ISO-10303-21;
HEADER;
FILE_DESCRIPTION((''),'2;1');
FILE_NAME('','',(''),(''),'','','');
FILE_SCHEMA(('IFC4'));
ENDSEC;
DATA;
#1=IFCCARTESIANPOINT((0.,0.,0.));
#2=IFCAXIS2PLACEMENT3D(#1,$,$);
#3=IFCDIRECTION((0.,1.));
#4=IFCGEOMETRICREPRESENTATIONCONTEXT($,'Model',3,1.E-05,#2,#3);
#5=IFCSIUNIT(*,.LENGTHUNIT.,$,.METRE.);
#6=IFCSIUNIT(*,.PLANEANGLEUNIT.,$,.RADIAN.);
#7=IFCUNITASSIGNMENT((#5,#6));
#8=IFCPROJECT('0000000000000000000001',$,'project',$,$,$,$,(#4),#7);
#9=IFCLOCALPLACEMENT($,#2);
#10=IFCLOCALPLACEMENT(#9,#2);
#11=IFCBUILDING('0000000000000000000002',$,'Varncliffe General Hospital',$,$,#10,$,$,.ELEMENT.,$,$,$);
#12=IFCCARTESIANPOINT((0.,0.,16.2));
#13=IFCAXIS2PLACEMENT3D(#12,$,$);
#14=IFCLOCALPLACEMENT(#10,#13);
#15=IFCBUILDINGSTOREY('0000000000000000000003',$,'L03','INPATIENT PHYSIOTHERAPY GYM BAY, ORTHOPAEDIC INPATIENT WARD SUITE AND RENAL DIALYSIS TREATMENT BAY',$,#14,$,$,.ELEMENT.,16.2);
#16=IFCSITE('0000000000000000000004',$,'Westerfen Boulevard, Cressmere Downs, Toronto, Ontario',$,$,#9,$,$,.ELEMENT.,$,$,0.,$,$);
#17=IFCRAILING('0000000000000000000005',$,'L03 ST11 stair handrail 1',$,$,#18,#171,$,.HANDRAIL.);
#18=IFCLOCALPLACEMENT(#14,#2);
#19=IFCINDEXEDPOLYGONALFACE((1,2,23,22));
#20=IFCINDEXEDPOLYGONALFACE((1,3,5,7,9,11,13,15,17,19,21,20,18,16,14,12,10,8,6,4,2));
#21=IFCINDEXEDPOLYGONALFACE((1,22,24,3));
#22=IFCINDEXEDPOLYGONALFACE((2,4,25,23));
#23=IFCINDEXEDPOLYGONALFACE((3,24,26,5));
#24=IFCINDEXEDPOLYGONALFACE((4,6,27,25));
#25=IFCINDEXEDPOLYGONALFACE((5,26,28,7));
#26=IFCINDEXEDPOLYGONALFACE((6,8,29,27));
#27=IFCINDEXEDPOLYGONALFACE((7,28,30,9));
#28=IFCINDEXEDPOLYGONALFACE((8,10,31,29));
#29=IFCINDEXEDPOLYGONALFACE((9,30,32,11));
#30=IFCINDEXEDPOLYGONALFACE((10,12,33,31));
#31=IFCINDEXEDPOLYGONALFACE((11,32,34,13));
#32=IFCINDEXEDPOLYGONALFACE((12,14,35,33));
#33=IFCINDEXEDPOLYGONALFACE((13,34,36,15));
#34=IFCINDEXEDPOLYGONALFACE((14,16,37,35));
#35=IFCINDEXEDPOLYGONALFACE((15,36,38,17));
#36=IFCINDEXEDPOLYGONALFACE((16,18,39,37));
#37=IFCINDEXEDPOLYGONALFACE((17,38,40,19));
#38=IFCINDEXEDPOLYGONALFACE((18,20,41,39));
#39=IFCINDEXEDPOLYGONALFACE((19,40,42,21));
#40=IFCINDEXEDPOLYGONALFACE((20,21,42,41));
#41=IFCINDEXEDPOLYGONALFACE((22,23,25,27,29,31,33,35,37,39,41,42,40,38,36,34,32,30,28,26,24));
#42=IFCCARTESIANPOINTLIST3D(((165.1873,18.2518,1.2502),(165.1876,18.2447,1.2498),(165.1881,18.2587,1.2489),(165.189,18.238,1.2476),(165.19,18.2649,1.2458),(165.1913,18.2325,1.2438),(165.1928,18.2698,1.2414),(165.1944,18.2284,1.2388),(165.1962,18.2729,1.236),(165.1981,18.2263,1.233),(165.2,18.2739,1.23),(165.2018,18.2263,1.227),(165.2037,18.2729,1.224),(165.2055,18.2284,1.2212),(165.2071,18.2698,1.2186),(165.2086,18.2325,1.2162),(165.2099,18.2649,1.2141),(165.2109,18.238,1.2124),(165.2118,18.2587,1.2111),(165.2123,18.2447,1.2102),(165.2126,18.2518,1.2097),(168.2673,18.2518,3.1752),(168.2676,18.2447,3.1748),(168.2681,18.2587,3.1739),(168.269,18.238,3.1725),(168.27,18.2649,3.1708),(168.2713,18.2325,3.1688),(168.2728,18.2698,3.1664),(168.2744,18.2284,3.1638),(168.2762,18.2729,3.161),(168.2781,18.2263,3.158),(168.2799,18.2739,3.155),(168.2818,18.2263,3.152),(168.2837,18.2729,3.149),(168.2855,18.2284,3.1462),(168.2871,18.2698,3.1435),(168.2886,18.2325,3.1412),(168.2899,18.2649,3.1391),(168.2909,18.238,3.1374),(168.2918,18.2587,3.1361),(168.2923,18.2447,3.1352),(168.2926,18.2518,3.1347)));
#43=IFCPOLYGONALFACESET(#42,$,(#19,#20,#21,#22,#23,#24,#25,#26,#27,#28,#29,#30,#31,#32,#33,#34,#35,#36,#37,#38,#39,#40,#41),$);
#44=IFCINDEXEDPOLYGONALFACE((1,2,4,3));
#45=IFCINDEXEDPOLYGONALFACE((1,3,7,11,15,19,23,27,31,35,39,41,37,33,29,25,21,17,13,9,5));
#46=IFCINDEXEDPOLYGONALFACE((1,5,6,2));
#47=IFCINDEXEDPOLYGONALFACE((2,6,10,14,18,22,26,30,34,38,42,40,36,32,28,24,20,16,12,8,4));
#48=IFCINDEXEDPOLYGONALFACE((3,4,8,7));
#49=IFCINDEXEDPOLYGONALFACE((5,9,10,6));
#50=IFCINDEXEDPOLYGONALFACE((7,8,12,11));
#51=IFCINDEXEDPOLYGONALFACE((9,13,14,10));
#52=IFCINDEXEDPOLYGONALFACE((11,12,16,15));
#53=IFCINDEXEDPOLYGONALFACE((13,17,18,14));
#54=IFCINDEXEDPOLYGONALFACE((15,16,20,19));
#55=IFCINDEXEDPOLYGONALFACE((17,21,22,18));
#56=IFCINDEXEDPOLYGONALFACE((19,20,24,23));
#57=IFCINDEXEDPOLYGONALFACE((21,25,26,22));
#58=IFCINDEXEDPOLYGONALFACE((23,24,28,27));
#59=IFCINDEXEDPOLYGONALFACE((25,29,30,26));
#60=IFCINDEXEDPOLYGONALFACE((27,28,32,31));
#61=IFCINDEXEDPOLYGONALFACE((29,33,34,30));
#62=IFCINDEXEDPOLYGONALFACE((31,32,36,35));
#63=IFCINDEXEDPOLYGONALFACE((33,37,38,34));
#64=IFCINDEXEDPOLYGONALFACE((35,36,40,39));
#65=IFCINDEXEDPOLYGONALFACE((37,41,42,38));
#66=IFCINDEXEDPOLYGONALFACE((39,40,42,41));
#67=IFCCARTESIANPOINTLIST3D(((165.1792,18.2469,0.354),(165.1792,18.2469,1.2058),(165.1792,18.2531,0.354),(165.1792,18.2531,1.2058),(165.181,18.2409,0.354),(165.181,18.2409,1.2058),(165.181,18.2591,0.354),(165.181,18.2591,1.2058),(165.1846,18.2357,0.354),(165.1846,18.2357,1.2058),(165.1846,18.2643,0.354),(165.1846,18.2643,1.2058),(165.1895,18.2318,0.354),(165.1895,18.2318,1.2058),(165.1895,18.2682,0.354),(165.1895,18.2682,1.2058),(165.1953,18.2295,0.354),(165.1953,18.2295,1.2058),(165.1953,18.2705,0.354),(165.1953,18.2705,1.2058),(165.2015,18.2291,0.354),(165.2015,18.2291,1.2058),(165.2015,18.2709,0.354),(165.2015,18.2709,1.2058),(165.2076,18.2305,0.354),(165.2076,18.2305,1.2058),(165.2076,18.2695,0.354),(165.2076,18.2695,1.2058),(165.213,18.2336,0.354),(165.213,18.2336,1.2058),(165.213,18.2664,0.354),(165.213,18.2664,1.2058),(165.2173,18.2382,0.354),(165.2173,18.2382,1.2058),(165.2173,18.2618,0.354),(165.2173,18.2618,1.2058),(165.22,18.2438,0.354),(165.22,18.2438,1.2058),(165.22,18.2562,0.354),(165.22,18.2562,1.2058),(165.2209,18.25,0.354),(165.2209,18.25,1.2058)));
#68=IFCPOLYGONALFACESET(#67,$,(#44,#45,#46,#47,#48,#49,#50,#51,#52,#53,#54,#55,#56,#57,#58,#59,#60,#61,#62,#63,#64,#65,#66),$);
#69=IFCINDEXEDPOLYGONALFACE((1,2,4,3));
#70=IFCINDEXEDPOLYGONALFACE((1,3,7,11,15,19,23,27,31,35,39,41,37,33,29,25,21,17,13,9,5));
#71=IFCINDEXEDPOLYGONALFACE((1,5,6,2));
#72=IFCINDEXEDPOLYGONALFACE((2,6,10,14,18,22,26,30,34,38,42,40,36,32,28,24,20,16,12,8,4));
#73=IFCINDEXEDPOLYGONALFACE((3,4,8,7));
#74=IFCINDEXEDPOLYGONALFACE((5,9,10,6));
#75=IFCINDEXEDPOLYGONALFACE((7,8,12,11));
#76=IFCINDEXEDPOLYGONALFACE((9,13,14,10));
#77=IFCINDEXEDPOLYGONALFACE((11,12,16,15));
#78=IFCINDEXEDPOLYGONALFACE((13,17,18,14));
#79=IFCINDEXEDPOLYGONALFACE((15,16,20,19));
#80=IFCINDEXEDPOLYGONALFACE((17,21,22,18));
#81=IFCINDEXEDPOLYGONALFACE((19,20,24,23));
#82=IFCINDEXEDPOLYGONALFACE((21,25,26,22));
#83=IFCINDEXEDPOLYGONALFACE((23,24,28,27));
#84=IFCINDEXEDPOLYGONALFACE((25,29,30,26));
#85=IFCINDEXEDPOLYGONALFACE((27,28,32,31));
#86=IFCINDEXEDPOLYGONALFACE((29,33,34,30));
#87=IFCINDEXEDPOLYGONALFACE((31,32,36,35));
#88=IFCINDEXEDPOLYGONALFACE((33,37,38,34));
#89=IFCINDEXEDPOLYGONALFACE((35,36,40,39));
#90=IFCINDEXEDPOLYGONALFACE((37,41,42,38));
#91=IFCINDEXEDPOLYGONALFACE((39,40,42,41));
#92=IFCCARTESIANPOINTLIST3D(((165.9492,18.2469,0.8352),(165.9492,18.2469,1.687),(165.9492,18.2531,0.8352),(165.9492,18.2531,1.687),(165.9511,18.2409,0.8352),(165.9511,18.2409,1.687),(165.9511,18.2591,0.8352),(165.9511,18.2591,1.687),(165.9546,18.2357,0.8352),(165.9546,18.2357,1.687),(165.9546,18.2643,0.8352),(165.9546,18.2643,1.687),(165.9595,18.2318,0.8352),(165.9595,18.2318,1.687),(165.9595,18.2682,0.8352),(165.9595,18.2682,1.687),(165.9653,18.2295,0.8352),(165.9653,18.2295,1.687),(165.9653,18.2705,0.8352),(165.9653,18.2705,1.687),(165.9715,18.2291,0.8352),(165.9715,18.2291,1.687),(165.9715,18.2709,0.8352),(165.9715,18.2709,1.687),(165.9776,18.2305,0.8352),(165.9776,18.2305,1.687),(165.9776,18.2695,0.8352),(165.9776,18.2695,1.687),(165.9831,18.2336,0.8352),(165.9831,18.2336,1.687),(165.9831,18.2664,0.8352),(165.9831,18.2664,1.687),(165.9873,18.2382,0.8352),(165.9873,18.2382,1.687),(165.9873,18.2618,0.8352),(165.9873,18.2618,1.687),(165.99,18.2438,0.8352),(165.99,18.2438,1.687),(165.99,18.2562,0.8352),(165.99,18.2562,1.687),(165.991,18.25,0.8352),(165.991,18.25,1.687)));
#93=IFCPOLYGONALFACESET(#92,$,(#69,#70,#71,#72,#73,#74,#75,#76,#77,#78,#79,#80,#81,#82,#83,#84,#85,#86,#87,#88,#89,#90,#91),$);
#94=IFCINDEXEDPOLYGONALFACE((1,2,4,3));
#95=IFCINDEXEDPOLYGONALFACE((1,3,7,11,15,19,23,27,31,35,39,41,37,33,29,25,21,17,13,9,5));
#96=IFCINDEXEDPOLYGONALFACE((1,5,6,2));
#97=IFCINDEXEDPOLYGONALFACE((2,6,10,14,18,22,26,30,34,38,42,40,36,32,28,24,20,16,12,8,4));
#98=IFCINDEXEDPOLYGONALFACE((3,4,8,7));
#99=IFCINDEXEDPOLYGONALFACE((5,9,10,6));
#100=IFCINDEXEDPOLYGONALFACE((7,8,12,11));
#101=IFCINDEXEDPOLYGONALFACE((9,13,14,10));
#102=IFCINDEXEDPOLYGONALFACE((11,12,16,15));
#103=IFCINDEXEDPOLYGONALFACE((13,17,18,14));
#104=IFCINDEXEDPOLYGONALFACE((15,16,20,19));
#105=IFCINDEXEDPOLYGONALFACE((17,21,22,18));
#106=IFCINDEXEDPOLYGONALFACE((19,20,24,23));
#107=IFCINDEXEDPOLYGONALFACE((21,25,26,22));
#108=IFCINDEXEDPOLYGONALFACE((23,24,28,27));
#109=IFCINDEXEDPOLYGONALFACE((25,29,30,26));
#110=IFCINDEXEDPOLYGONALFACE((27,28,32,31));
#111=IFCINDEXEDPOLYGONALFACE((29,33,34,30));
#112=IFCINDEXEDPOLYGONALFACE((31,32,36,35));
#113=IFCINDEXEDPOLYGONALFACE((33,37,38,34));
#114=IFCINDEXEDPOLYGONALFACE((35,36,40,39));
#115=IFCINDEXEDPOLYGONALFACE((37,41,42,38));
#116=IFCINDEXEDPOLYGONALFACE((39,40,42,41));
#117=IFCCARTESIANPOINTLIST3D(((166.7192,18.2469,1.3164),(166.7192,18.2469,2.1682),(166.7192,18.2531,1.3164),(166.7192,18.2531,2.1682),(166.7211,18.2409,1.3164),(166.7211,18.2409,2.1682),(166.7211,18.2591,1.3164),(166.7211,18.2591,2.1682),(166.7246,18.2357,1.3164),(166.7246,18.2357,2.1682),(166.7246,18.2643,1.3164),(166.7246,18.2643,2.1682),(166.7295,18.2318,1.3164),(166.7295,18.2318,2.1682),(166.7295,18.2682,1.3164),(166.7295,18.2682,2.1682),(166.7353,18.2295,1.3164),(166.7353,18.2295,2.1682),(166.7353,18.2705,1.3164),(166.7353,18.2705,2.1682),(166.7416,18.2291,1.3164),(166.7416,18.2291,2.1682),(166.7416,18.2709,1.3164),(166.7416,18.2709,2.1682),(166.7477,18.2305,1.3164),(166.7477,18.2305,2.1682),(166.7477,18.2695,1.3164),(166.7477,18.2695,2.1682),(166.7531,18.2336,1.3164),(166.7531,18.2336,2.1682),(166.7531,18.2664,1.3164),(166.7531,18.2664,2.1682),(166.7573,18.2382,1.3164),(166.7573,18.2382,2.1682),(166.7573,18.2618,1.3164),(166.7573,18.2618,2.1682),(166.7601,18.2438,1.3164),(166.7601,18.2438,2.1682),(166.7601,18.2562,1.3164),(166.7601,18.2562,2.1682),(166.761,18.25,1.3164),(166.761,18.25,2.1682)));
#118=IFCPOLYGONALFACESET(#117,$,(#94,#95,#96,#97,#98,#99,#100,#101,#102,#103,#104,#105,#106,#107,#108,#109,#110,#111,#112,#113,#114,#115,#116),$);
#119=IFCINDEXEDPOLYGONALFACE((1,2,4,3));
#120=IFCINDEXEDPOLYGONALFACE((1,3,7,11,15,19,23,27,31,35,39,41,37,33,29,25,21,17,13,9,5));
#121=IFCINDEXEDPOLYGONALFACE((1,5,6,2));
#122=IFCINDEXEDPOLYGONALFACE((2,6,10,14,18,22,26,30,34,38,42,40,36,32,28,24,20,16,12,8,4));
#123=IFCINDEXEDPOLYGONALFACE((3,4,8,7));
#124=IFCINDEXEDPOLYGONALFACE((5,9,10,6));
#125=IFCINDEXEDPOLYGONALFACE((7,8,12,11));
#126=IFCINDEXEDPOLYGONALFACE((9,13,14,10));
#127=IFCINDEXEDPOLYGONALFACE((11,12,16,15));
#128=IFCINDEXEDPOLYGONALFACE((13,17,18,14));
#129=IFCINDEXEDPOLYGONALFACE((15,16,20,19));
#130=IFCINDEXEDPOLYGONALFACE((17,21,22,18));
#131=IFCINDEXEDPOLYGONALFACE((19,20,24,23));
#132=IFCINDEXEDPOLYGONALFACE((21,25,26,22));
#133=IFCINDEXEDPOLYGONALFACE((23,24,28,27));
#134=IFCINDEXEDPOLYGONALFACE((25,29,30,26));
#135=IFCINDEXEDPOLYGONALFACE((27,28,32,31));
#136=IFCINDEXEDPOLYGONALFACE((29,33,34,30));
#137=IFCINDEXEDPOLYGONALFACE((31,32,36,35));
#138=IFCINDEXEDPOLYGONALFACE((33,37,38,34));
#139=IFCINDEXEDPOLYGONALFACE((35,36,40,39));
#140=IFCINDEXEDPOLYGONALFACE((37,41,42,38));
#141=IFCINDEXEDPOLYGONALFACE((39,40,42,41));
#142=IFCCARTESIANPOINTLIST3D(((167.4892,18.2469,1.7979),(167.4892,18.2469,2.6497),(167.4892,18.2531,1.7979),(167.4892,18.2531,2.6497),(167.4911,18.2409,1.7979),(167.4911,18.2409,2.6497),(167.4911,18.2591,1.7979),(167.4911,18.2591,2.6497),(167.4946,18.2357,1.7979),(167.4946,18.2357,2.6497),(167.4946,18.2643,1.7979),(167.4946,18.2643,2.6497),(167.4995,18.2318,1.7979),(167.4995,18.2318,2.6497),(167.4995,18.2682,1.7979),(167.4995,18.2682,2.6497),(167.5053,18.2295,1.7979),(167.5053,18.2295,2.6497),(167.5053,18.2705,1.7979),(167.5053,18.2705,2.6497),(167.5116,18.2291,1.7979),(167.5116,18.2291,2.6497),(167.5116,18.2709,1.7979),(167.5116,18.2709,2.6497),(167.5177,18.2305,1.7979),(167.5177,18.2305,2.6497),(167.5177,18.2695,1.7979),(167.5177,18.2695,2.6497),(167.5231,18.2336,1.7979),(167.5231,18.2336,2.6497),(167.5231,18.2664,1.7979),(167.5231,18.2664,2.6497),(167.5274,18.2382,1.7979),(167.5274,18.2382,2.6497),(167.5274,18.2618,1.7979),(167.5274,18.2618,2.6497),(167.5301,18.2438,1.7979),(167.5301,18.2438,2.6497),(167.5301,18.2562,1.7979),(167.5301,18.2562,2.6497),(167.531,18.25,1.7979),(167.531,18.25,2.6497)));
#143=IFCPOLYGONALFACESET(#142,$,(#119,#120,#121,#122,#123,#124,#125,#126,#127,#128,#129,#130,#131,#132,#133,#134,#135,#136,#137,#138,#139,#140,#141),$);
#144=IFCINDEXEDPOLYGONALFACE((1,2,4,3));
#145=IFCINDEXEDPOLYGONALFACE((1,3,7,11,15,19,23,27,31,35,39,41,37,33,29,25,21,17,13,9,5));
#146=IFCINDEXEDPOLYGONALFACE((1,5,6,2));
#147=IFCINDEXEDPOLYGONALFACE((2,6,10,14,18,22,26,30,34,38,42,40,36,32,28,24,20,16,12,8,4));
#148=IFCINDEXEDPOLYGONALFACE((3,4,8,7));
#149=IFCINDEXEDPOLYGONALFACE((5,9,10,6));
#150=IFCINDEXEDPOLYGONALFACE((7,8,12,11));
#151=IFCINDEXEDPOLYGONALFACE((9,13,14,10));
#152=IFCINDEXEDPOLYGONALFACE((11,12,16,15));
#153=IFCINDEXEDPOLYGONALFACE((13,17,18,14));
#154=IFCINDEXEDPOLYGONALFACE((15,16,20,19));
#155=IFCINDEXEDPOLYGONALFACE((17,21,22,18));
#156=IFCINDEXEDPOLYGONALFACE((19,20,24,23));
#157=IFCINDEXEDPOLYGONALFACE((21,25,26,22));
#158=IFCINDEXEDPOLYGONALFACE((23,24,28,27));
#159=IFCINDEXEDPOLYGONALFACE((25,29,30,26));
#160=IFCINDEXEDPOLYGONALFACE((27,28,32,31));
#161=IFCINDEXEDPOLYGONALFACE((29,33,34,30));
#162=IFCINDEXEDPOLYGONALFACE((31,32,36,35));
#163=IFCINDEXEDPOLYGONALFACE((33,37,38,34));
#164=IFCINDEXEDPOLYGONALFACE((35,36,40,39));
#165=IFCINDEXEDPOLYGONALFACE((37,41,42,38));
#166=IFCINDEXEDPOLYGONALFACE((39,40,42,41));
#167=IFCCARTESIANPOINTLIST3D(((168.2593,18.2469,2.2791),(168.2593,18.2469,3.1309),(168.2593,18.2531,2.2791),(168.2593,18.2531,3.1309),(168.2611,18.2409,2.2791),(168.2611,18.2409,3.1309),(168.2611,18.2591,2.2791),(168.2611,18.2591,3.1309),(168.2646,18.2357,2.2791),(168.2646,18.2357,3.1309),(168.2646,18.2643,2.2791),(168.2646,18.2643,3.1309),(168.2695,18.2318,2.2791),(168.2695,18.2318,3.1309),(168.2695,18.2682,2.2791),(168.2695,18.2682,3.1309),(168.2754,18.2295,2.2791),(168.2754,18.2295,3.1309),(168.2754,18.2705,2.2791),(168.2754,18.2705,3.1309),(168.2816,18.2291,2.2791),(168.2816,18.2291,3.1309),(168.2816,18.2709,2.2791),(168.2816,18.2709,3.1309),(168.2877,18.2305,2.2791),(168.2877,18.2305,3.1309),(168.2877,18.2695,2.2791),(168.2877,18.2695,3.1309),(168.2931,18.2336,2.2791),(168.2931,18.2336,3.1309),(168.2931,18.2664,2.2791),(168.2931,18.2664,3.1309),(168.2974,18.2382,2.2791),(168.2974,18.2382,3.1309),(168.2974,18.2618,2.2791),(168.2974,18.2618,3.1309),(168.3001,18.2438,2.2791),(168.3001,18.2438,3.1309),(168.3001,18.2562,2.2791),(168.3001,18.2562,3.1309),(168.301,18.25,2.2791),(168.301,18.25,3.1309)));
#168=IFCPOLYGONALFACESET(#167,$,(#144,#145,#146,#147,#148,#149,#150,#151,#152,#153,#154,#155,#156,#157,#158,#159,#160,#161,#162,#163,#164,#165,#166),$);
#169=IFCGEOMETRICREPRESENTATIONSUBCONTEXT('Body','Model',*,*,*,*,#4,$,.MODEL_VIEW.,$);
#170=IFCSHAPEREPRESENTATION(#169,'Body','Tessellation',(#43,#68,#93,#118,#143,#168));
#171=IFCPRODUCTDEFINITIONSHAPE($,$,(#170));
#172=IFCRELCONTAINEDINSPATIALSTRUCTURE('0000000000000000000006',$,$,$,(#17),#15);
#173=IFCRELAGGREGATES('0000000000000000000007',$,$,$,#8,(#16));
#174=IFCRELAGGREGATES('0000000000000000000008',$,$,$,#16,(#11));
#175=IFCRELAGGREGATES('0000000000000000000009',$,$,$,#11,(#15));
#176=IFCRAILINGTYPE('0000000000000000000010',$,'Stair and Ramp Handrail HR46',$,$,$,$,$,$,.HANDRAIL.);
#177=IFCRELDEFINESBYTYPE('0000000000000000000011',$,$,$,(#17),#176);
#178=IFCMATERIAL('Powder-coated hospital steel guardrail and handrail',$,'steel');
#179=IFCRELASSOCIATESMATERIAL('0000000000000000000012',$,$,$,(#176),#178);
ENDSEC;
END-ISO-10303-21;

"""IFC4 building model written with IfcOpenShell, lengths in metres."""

from ifc_helpers import new_model, si_unit, direction, frame, origin, origin_2d, place, context, subcontext, project, spatial, circle, extrude, material, type_object, element, save


model = new_model("IFC4")

# Units and contexts
model_context = context("Model", 3, precision=1e-05, world=origin(), true_north=direction((0.0, 1.0)))
body_context = subcontext(model_context, "Body", "Model", "MODEL_VIEW")
ifc_project = project(units=[si_unit("LENGTHUNIT", "METRE"), si_unit("PLANEANGLEUNIT", "RADIAN")], contexts=[model_context])

# Site, building, storey
site_placement = place(None, origin())
site = spatial("IfcSite", under=ifc_project, at=site_placement, Name="Westerfen Boulevard, Cressmere Downs, Toronto, Ontario", CompositionType="ELEMENT", RefElevation=0.0)
building_placement = place(site_placement, origin())
building = spatial("IfcBuilding", under=site, at=building_placement, Name="Varncliffe General Hospital", CompositionType="ELEMENT")
storey_placement = place(building_placement, frame((0.0, 0.0, 16.2)))
storey = spatial("IfcBuildingStorey", under=building, at=storey_placement, Name="L03", Description="INPATIENT PHYSIOTHERAPY GYM BAY, ORTHOPAEDIC INPATIENT WARD SUITE AND RENAL DIALYSIS TREATMENT BAY", CompositionType="ELEMENT", Elevation=16.2)

# Railing
ifc_material_1 = material(Name="Powder-coated hospital steel guardrail and handrail", Category="steel")
railing_type_1 = type_object("IfcRailingType", Name="Stair and Ramp Handrail HR46", PredefinedType="HANDRAIL", material=ifc_material_1)
railing_1_placement = place(storey_placement, frame((165.2, 18.25, 0.354)))
element("IfcRailing", 1, at=railing_1_placement, inside=storey, type_object=railing_type_1, Name="L03 ST11 stair handrail 1", PredefinedType="HANDRAIL", context=body_context, shape_type="SweptSolid", body=[
    extrude(circle(Radius=0.0239, at=origin_2d()), frame((0.0, 0.0, 0.876), z_axis=(0.847998, 0.0, 0.529999), x_axis=(0.0, 1.0, 0.0)), (0.0, 0.0, 1.0), 3.6321),
    extrude(circle(Radius=0.021, at=origin_2d()), origin(), (0.0, 0.0, 1.0), 0.8518),
    extrude(circle(Radius=0.021, at=origin_2d()), frame((0.77, 0.0, 0.4812)), (0.0, 0.0, 1.0), 0.8518),
    extrude(circle(Radius=0.021, at=origin_2d()), frame((1.54, 0.0, 0.9624)), (0.0, 0.0, 1.0), 0.8518),
    extrude(circle(Radius=0.021, at=origin_2d()), frame((2.3101, 0.0, 1.4438)), (0.0, 0.0, 1.0), 0.8518),
    extrude(circle(Radius=0.021, at=origin_2d()), frame((3.0801, 0.0, 1.925)), (0.0, 0.0, 1.0), 0.8518),
])

save(model, "model.ifc")
